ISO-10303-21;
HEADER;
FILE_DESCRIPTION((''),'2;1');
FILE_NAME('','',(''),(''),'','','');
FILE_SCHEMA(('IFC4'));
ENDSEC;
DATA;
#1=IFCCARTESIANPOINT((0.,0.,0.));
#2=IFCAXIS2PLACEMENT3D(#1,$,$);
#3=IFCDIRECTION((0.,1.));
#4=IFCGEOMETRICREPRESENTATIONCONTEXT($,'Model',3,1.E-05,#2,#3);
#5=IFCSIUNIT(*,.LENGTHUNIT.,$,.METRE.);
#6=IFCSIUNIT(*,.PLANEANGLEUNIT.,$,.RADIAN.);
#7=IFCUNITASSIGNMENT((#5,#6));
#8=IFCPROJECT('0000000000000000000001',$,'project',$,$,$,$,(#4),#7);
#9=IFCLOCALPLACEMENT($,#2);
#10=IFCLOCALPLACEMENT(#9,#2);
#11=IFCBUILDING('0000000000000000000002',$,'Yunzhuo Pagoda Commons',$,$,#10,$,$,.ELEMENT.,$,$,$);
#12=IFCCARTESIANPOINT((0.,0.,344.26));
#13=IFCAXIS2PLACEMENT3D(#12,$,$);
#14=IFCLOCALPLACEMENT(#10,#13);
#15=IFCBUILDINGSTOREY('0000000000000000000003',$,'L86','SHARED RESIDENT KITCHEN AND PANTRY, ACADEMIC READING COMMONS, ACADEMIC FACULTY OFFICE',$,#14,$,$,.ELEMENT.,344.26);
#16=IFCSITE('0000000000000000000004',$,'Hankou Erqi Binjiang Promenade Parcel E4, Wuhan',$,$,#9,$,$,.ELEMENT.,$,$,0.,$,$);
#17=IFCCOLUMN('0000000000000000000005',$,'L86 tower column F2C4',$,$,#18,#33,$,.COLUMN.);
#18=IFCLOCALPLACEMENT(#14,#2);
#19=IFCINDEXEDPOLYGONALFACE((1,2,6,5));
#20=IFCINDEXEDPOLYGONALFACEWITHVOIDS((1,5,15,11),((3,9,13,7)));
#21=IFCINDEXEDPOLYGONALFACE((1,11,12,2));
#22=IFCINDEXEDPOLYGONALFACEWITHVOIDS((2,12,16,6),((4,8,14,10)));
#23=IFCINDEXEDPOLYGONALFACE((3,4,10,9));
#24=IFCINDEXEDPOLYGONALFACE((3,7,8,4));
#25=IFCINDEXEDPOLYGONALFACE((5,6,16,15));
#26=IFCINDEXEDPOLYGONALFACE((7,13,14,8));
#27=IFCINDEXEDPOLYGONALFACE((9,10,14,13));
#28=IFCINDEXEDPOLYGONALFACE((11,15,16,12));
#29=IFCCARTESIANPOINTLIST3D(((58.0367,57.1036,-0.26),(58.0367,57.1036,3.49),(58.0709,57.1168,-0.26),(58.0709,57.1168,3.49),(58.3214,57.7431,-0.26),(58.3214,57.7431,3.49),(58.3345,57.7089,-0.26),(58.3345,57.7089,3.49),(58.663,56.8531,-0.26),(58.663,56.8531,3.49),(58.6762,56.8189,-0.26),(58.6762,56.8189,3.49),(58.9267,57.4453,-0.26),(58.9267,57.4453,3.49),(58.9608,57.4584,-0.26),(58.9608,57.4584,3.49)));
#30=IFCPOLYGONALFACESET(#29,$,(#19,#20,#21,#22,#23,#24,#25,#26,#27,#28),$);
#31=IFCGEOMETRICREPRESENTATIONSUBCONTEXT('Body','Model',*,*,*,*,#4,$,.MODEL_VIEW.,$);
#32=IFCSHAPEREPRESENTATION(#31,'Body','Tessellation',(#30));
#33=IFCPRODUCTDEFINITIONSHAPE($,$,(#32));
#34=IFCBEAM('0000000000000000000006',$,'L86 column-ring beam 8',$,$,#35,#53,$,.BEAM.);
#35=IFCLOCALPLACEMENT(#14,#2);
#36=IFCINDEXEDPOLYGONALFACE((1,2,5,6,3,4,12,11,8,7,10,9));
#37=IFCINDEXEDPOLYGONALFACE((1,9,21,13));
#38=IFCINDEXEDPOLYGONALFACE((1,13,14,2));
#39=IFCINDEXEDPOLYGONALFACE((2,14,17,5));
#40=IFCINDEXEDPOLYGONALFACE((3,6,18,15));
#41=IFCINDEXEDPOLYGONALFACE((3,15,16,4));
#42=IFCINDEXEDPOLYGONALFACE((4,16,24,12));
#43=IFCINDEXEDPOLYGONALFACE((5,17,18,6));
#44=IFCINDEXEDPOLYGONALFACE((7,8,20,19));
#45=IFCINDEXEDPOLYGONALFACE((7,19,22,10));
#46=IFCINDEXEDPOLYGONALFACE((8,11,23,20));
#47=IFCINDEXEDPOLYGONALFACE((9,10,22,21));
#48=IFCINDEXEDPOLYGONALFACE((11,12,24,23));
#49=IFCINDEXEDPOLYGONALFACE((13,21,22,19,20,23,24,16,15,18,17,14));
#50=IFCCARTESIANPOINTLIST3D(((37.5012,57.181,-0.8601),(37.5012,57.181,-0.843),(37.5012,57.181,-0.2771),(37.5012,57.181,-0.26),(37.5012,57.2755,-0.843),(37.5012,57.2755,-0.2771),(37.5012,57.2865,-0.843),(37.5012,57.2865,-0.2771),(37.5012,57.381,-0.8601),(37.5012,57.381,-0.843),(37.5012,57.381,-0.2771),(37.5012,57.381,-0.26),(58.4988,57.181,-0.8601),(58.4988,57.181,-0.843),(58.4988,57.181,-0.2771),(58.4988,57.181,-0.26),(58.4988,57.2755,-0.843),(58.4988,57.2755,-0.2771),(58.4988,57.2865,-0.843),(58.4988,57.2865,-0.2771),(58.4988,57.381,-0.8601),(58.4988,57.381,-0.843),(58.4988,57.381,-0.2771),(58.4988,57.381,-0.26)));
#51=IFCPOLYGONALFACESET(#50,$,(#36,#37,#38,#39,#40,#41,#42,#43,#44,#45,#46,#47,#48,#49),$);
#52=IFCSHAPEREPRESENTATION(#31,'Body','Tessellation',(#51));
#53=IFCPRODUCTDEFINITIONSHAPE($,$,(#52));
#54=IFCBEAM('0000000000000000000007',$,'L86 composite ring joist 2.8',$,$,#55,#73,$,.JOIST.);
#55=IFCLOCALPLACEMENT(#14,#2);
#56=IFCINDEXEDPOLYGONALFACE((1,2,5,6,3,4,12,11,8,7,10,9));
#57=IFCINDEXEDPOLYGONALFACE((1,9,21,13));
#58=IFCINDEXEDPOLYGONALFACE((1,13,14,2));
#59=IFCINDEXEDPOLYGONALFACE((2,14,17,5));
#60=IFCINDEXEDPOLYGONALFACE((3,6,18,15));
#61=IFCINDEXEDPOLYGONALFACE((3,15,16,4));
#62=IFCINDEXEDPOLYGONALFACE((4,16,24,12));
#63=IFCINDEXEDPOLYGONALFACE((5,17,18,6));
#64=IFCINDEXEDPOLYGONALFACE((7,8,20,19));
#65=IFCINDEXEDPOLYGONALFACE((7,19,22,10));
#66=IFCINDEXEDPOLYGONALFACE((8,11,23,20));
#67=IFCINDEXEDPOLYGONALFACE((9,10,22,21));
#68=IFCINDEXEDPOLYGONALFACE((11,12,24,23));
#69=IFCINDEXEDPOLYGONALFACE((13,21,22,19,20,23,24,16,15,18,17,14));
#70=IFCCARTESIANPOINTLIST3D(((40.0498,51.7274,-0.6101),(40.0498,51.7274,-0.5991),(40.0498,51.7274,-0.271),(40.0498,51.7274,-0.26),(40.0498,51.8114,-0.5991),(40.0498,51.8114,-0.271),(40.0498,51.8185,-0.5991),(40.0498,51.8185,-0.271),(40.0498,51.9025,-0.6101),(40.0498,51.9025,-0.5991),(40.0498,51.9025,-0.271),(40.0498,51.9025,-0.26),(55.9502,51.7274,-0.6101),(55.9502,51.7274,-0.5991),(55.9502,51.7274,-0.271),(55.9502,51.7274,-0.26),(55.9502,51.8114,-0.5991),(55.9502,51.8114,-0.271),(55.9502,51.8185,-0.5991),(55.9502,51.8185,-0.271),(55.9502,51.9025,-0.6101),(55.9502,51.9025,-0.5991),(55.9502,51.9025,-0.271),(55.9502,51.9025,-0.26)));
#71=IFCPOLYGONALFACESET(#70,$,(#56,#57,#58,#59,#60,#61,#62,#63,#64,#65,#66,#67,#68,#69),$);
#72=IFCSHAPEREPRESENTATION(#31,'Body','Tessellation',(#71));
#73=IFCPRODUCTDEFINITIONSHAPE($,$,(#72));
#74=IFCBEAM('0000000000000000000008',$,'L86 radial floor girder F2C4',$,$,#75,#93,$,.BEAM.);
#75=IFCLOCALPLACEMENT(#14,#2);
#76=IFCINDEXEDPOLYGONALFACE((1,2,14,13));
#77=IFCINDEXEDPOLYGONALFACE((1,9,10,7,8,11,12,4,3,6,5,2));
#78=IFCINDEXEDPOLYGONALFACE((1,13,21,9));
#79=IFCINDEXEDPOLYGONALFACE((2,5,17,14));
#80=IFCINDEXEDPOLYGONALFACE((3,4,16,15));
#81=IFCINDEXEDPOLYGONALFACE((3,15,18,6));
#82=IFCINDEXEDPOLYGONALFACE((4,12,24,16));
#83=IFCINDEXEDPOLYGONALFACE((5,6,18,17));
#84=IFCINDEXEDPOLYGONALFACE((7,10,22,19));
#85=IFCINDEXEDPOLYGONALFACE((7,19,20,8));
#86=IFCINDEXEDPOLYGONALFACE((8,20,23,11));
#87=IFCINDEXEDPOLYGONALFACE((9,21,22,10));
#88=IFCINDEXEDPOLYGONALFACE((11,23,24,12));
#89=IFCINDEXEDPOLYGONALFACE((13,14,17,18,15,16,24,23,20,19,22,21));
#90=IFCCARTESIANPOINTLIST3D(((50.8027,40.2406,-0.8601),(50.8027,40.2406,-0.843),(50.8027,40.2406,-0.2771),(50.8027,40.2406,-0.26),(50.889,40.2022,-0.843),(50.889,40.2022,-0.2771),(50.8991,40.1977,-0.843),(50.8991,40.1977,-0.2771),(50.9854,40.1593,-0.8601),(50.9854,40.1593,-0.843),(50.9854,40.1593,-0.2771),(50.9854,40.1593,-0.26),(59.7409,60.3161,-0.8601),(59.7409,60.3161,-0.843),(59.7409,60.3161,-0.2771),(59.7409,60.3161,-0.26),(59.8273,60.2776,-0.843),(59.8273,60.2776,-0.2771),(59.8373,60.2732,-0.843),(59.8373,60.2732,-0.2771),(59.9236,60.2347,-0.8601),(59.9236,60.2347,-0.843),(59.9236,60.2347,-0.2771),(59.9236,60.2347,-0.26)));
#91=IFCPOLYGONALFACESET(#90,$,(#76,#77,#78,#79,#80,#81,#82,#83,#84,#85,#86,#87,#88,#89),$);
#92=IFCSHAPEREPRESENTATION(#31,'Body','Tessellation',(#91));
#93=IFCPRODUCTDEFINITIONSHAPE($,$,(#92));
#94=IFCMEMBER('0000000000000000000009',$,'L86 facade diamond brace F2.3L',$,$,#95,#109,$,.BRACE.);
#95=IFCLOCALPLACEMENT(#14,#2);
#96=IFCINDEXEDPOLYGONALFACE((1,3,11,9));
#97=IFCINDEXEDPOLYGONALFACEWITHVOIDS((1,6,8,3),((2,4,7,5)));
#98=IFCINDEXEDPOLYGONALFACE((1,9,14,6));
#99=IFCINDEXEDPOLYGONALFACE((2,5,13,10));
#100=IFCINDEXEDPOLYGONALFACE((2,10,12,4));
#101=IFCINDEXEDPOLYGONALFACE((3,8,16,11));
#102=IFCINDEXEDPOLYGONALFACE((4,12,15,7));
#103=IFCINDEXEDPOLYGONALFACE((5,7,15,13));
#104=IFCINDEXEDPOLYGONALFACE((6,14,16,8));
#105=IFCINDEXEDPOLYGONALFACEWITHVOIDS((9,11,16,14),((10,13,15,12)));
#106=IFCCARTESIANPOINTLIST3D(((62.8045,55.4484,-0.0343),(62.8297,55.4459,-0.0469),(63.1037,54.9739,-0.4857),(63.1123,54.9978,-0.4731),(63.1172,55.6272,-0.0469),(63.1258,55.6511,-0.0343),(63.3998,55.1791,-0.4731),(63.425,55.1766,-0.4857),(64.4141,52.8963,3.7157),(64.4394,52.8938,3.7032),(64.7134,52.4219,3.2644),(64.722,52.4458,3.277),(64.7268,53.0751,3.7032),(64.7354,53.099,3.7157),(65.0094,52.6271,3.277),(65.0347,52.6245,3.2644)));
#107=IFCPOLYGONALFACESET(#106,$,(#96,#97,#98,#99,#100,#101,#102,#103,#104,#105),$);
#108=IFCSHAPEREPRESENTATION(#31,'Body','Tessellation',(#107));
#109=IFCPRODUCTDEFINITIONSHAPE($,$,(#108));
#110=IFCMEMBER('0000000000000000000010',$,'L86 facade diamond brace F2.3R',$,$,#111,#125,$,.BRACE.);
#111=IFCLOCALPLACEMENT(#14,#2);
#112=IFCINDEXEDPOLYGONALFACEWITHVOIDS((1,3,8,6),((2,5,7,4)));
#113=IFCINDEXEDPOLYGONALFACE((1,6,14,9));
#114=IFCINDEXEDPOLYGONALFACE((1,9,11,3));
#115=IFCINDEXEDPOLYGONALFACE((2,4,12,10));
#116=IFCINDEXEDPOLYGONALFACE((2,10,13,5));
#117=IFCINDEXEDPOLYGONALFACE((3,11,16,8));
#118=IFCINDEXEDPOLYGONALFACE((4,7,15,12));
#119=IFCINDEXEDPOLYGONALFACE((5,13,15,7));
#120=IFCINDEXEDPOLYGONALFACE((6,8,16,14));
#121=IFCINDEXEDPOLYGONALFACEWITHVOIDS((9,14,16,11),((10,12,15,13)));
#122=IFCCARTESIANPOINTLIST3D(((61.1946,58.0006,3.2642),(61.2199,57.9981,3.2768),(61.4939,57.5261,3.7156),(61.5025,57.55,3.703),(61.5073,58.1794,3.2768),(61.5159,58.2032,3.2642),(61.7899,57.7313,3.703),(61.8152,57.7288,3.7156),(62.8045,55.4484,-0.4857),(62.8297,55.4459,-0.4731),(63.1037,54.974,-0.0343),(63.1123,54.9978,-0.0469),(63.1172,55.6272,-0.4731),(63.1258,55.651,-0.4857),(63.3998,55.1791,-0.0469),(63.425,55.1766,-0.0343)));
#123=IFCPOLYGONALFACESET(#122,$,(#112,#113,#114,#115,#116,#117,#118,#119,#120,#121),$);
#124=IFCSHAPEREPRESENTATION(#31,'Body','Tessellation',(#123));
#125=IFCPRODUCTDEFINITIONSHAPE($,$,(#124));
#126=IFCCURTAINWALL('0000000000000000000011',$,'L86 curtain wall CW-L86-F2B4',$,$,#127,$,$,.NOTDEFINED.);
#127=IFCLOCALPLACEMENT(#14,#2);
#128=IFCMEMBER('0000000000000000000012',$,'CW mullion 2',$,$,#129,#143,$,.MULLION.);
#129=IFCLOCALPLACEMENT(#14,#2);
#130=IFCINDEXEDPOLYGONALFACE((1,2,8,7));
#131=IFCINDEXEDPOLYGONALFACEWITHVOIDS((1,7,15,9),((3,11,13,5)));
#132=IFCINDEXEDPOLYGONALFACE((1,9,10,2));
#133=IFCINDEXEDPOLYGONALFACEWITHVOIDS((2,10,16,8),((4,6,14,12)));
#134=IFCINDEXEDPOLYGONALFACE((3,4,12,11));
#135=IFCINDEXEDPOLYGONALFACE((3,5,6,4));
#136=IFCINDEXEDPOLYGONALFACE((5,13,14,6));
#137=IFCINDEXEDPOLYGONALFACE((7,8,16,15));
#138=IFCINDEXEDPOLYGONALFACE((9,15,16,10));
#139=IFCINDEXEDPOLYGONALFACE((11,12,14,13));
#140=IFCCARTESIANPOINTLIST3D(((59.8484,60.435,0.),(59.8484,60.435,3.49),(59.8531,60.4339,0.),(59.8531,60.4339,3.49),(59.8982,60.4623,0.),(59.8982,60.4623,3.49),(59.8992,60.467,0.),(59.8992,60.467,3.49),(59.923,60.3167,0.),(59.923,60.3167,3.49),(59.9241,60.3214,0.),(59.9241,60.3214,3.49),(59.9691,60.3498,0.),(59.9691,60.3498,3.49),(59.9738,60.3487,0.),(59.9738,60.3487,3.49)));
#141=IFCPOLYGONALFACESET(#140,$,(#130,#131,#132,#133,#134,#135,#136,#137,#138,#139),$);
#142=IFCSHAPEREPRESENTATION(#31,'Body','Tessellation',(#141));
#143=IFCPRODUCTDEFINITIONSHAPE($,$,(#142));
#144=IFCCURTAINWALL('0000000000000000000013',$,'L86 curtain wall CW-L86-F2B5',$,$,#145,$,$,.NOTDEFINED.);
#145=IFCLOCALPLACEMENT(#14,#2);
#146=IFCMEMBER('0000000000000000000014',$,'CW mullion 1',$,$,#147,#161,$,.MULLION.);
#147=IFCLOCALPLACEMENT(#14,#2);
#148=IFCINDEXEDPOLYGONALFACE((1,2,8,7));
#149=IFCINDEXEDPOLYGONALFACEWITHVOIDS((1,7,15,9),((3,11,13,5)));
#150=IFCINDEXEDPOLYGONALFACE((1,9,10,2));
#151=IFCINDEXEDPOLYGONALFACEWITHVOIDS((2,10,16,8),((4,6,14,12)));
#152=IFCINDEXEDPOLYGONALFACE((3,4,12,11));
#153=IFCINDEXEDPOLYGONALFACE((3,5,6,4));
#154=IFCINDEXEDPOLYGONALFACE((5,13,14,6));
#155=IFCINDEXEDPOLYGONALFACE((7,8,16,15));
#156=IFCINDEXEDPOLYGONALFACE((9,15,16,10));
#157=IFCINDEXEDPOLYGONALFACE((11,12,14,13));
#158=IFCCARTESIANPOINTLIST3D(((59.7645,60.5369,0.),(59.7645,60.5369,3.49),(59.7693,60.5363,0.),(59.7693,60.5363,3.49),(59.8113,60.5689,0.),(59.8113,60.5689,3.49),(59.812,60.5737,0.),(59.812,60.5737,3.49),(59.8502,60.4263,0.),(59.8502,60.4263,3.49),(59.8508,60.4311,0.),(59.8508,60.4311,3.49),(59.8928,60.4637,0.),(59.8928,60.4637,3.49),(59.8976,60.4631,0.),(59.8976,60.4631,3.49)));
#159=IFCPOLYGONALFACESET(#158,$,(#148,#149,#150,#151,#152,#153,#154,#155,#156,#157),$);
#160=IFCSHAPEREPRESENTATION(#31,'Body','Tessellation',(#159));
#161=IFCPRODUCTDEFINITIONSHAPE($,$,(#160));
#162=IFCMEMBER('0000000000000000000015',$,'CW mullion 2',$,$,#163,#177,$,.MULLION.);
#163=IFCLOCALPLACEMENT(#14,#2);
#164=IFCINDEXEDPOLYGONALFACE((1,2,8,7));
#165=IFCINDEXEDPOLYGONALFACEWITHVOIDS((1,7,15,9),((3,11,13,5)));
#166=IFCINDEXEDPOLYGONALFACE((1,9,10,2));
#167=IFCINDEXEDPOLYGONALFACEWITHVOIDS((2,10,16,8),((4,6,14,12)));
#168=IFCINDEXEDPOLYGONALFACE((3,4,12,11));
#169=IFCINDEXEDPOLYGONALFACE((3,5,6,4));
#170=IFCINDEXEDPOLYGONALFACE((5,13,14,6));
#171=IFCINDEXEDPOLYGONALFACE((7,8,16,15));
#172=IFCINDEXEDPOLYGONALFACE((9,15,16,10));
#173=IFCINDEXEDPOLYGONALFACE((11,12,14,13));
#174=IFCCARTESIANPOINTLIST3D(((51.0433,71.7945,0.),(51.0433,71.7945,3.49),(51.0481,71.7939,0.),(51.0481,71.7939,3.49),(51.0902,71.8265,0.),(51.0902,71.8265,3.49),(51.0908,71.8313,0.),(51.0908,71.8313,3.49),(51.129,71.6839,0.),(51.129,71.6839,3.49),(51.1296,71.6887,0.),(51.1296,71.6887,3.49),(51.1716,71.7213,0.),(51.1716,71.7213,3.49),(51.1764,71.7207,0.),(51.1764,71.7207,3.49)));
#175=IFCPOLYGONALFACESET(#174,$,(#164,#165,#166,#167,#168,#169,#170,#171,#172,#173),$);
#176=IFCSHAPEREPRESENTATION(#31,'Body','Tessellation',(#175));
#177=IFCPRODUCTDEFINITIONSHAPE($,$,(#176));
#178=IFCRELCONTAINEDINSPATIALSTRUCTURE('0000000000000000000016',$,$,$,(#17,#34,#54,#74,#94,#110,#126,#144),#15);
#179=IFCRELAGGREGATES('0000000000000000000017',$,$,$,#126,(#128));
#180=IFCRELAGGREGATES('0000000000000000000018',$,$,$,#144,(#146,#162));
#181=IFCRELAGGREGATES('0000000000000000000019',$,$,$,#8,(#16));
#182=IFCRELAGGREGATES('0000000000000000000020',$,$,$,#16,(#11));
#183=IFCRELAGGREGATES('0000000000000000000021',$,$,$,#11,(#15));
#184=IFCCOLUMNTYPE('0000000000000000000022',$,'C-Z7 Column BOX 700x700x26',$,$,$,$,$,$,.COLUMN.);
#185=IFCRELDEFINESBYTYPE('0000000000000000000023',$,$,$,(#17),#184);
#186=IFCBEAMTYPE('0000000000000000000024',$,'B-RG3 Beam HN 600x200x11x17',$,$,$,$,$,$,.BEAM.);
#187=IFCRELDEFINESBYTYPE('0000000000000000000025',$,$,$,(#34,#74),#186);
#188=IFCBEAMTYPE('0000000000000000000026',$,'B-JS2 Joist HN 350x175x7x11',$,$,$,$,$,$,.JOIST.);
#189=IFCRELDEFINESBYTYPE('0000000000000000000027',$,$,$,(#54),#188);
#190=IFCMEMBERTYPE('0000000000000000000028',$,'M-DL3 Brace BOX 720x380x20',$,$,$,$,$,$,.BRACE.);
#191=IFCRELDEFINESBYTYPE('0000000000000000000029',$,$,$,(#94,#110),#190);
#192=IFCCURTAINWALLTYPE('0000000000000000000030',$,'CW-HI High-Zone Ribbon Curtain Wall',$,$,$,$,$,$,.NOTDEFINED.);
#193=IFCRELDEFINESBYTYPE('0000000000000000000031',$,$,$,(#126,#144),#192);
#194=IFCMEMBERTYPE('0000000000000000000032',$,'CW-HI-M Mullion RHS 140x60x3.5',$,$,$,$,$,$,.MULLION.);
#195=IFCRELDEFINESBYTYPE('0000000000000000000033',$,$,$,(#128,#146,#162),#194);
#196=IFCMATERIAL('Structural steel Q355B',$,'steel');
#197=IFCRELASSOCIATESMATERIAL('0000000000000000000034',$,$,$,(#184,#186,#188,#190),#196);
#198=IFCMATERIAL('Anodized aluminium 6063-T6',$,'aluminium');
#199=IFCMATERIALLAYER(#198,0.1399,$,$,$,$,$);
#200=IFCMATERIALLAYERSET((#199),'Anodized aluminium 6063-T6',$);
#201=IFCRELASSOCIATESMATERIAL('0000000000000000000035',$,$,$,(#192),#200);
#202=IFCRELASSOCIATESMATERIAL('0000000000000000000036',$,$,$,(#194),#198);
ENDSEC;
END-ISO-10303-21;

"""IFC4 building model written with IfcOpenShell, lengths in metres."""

from ifc_helpers import new_model, si_unit, direction, frame, origin, origin_2d, place, context, subcontext, project, spatial, hollow_rectangle, i_section, extrude, source, transform, mapped, material, layer, layer_set, material_profile, profile_set, type_object, element, aggregate, save


model = new_model("IFC4")

# Units and contexts
model_context = context("Model", 3, precision=1e-05, world=origin(), true_north=direction((0.0, 1.0)))
body_context = subcontext(model_context, "Body", "Model", "MODEL_VIEW")
ifc_project = project(units=[si_unit("LENGTHUNIT", "METRE"), si_unit("PLANEANGLEUNIT", "RADIAN")], contexts=[model_context])

# Site, building, storey
site_placement = place(None, origin())
site = spatial("IfcSite", under=ifc_project, at=site_placement, Name="Hankou Erqi Binjiang Promenade Parcel E4, Wuhan", CompositionType="ELEMENT", RefElevation=0.0)
building_placement = place(site_placement, origin())
building = spatial("IfcBuilding", under=site, at=building_placement, Name="Yunzhuo Pagoda Commons", CompositionType="ELEMENT")
storey_placement = place(building_placement, frame((0.0, 0.0, 344.26)))
storey = spatial("IfcBuildingStorey", under=building, at=storey_placement, Name="L86", Description="SHARED RESIDENT KITCHEN AND PANTRY, ACADEMIC READING COMMONS, ACADEMIC FACULTY OFFICE", CompositionType="ELEMENT", Elevation=344.26)

# Column
ifc_material_1 = material(Name="Structural steel Q355B", Category="steel")
ifc_material_profile_1 = material_profile(ifc_material_1, hollow_rectangle(XDim=0.7, YDim=0.7, WallThickness=0.0259, at=origin_2d()), Name="Structural steel Q355B")
ifc_profile_set_1 = profile_set([ifc_material_profile_1], Name="Structural steel Q355B")
column_type = type_object("IfcColumnType", Name="C-Z7 Column BOX 700x700x26", PredefinedType="COLUMN", material=ifc_profile_set_1)
shared_shape_1 = source(origin(), body_context, "Body", "SweptSolid", [
    extrude(hollow_rectangle(XDim=0.7, YDim=0.7, WallThickness=0.0259, at=origin_2d()), origin(), (0.0, 0.0, 1.0), 3.75),
])
column_placement = place(storey_placement, frame((58.4988, 57.281, -0.26), z_axis=(0.0, 0.0, 1.0), x_axis=(-0.913545, 0.406737, 0.0)))
element("IfcColumn", 1, at=column_placement, inside=storey, type_object=column_type, Name="L86 tower column F2C4", PredefinedType="COLUMN", context=body_context, shape_type="MappedRepresentation", body=[
    mapped(shared_shape_1, transform((0.0, 0.0, 0.0), scale=1.0)),
])

# Beams
ifc_material_profile_2 = material_profile(ifc_material_1, i_section(OverallWidth=0.2, OverallDepth=0.6001, WebThickness=0.011, FlangeThickness=0.0171, at=origin_2d()), Name="Structural steel Q355B")
ifc_profile_set_2 = profile_set([ifc_material_profile_2], Name="Structural steel Q355B")
beam_type_1 = type_object("IfcBeamType", Name="B-RG3 Beam HN 600x200x11x17", PredefinedType="BEAM", material=ifc_profile_set_2)
shared_shape_2 = source(origin(), body_context, "Body", "SweptSolid", [
    extrude(i_section(OverallWidth=0.2, OverallDepth=0.6001, WebThickness=0.011, FlangeThickness=0.0171, at=origin_2d()), origin(), (0.0, 0.0, 1.0), 20.9976),
])
beam_1_placement = place(storey_placement, frame((58.4988, 57.281, -0.5601), z_axis=(-1.0, 0.0, 0.0), x_axis=(0.0, -1.0, 0.0)))
element("IfcBeam", 2, at=beam_1_placement, inside=storey, type_object=beam_type_1, Name="L86 column-ring beam 8", PredefinedType="BEAM", context=body_context, shape_type="MappedRepresentation", body=[
    mapped(shared_shape_2, transform((0.0, 0.0, 0.0), scale=1.0)),
])
ifc_material_profile_3 = material_profile(ifc_material_1, i_section(OverallWidth=0.175, OverallDepth=0.3501, WebThickness=0.0071, FlangeThickness=0.011, at=origin_2d()), Name="Structural steel Q355B")
ifc_profile_set_3 = profile_set([ifc_material_profile_3], Name="Structural steel Q355B")
beam_type_2 = type_object("IfcBeamType", Name="B-JS2 Joist HN 350x175x7x11", PredefinedType="JOIST", material=ifc_profile_set_3)
shared_shape_3 = source(origin(), body_context, "Body", "SweptSolid", [
    extrude(i_section(OverallWidth=0.175, OverallDepth=0.3501, WebThickness=0.0071, FlangeThickness=0.011, at=origin_2d()), origin(), (0.0, 0.0, 1.0), 15.9004),
])
beam_2_placement = place(storey_placement, frame((55.9502, 51.8149, -0.4351), z_axis=(-1.0, 0.0, 0.0), x_axis=(0.0, -1.0, 0.0)))
element("IfcBeam", 3, at=beam_2_placement, inside=storey, type_object=beam_type_2, Name="L86 composite ring joist 2.8", PredefinedType="JOIST", context=body_context, shape_type="MappedRepresentation", body=[
    mapped(shared_shape_3, transform((0.0, 0.0, 0.0), scale=1.0)),
])
shared_shape_4 = source(origin(), body_context, "Body", "SweptSolid", [
    extrude(i_section(OverallWidth=0.2, OverallDepth=0.6001, WebThickness=0.011, FlangeThickness=0.0171, at=origin_2d()), origin(), (0.0, 0.0, 1.0), 21.9753),
])
beam_3_placement = place(storey_placement, frame((59.8323, 60.2754, -0.5601), z_axis=(-0.406739, -0.913544, 0.0), x_axis=(0.913544, -0.406739, 0.0)))
element("IfcBeam", 4, at=beam_3_placement, inside=storey, type_object=beam_type_1, Name="L86 radial floor girder F2C4", PredefinedType="BEAM", context=body_context, shape_type="MappedRepresentation", body=[
    mapped(shared_shape_4, transform((0.0, 0.0, 0.0), scale=1.0)),
])

# Members
ifc_material_profile_4 = material_profile(ifc_material_1, hollow_rectangle(XDim=0.3799, YDim=0.72, WallThickness=0.02, at=origin_2d()), Name="Structural steel Q355B")
ifc_profile_set_4 = profile_set([ifc_material_profile_4], Name="Structural steel Q355B")
member_type_1 = type_object("IfcMemberType", Name="M-DL3 Brace BOX 720x380x20", PredefinedType="BRACE", material=ifc_profile_set_4)
shared_shape_5 = source(origin(), body_context, "Body", "SweptSolid", [
    extrude(hollow_rectangle(XDim=0.3799, YDim=0.72, WallThickness=0.02, at=origin_2d()), origin(), (0.0, 0.0, 1.0), 4.8132),
])
for number, where, z_axis, x_axis, name in (
    (5, (63.1147, 55.3125, -0.26), (0.334423, -0.530218, 0.779121), (0.845814, 0.533478, 0.0), "L86 facade diamond brace F2.3L"),
    (6, (63.1147, 55.3125, -0.26), (-0.33446, 0.530246, 0.779087), (-0.8458, -0.5335, 0.0), "L86 facade diamond brace F2.3R"),
):
    element("IfcMember", number, at=place(storey_placement, frame(where, z_axis=z_axis, x_axis=x_axis)), inside=storey, type_object=member_type_1, Name=name, PredefinedType="BRACE", context=body_context, shape_type="MappedRepresentation", body=[
        mapped(shared_shape_5, transform((0.0, 0.0, 0.0), scale=1.0)),
    ])

# Curtain wall, member
ifc_material_2 = material(Name="Anodized aluminium 6063-T6", Category="aluminium")
ifc_layer_1 = layer(ifc_material_2, 0.1399)
ifc_layer_set_1 = layer_set([ifc_layer_1], Name="Anodized aluminium 6063-T6")
curtain_wall_type = type_object("IfcCurtainWallType", Name="CW-HI High-Zone Ribbon Curtain Wall", PredefinedType="NOTDEFINED", material=ifc_layer_set_1)
curtain_wall_1_placement = place(storey_placement, origin())
curtain_wall_1 = element("IfcCurtainWall", 7, at=curtain_wall_1_placement, inside=storey, type_object=curtain_wall_type, Name="L86 curtain wall CW-L86-F2B4", PredefinedType="NOTDEFINED")
ifc_material_profile_5 = material_profile(ifc_material_2, hollow_rectangle(XDim=0.0601, YDim=0.1399, WallThickness=0.0034, at=origin_2d()), Name="Anodized aluminium 6063-T6")
ifc_profile_set_5 = profile_set([ifc_material_profile_5], Name="Anodized aluminium 6063-T6")
member_type_2 = type_object("IfcMemberType", Name="CW-HI-M Mullion RHS 140x60x3.5", PredefinedType="MULLION", material=ifc_profile_set_5)
shared_shape_6 = source(origin(), body_context, "Body", "SweptSolid", [
    extrude(hollow_rectangle(XDim=0.0601, YDim=0.1399, WallThickness=0.0034, at=origin_2d()), origin(), (0.0, 0.0, 1.0), 3.49),
])
member_1_placement = place(storey_placement, frame((59.9111, 60.3918, 0.0), z_axis=(0.0, 0.0, 1.0), x_axis=(-0.845818, -0.533472, 0.0)))
member_1 = element("IfcMember", 8, at=member_1_placement, type_object=member_type_2, Name="CW mullion 2", PredefinedType="MULLION", context=body_context, shape_type="MappedRepresentation", body=[
    mapped(shared_shape_6, transform((0.0, 0.0, 0.0), scale=1.0)),
])

# Curtain wall, members
curtain_wall_2_placement = place(storey_placement, origin())
curtain_wall_2 = element("IfcCurtainWall", 9, at=curtain_wall_2_placement, inside=storey, type_object=curtain_wall_type, Name="L86 curtain wall CW-L86-F2B5", PredefinedType="NOTDEFINED")
member_2_placement = place(storey_placement, frame((59.8311, 60.5, 0.0), z_axis=(0.0, 0.0, 1.0), x_axis=(-0.790527, -0.612427, 0.0)))
member_2 = element("IfcMember", 10, at=member_2_placement, type_object=member_type_2, Name="CW mullion 1", PredefinedType="MULLION", context=body_context, shape_type="MappedRepresentation", body=[
    mapped(shared_shape_6, transform((0.0, 0.0, 0.0), scale=1.0)),
])
member_3_placement = place(storey_placement, frame((51.1099, 71.7576, 0.0), z_axis=(0.0, 0.0, 1.0), x_axis=(-0.790527, -0.612427, 0.0)))
member_3 = element("IfcMember", 11, at=member_3_placement, type_object=member_type_2, Name="CW mullion 2", PredefinedType="MULLION", context=body_context, shape_type="MappedRepresentation", body=[
    mapped(shared_shape_6, transform((0.0, 0.0, 0.0), scale=1.0)),
])

aggregate(curtain_wall_1, [member_1])

aggregate(curtain_wall_2, [member_2, member_3])

save(model, "model.ifc")
